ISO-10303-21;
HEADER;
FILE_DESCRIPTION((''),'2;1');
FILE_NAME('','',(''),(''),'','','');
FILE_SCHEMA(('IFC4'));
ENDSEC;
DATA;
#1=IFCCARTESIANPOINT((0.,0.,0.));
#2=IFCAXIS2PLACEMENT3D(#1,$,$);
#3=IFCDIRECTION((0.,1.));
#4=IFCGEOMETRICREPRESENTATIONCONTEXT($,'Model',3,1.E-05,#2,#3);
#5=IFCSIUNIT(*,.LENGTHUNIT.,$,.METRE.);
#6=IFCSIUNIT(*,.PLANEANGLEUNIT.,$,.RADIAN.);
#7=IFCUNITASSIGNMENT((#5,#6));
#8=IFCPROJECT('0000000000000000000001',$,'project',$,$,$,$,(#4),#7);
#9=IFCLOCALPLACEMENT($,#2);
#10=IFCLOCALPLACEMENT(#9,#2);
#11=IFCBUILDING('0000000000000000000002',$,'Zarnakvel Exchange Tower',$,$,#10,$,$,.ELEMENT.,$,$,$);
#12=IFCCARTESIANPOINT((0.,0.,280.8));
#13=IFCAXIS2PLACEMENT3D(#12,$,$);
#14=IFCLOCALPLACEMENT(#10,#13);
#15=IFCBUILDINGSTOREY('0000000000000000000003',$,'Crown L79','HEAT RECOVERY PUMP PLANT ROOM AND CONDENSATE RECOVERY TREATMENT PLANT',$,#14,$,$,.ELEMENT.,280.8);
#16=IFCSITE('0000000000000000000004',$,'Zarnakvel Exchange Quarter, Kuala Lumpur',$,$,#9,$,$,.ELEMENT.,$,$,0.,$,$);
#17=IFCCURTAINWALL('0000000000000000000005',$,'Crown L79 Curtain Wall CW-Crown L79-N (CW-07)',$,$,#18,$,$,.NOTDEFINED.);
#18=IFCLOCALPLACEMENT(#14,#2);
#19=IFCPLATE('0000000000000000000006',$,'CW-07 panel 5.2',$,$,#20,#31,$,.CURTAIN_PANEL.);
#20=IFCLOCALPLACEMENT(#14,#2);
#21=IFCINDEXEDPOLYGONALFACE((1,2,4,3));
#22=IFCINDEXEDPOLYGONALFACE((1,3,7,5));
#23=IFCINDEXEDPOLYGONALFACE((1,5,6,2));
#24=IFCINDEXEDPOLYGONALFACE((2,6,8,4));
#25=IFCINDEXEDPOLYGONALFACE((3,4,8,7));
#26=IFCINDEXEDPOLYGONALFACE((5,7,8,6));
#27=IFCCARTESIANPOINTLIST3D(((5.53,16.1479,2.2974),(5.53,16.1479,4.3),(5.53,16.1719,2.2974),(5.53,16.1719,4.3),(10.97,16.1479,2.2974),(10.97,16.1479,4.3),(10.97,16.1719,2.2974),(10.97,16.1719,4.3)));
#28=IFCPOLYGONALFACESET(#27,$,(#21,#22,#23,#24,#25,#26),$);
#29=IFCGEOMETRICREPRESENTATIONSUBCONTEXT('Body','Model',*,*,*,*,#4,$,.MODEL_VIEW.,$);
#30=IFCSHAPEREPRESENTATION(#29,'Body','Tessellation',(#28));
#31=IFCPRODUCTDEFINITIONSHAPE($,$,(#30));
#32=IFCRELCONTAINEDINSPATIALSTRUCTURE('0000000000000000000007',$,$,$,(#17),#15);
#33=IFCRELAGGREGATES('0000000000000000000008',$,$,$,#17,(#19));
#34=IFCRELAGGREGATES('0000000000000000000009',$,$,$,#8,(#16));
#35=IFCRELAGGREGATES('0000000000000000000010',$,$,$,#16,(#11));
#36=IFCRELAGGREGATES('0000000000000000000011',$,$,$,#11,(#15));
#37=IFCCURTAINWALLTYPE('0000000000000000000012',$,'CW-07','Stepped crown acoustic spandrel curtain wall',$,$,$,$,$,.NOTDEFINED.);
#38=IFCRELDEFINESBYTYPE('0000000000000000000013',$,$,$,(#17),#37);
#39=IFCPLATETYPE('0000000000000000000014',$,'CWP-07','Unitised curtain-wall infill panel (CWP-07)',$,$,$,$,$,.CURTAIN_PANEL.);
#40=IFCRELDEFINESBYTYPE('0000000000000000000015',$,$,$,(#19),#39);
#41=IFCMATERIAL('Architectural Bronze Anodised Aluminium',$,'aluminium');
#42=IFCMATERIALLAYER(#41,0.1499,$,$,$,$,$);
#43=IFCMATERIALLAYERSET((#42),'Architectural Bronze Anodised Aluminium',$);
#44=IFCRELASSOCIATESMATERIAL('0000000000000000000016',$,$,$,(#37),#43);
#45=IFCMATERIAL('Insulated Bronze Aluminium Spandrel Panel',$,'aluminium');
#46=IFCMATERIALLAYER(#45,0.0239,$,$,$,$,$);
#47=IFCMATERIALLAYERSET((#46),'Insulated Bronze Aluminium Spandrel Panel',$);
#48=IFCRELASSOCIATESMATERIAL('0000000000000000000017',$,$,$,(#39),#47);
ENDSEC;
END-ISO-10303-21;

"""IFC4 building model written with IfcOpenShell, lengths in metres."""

from ifc_helpers import new_model, si_unit, direction, frame, origin, origin_2d, place, context, subcontext, project, spatial, rectangle, extrude, source, transform, mapped, material, layer, layer_set, type_object, element, aggregate, save


model = new_model("IFC4")

# Units and contexts
model_context = context("Model", 3, precision=1e-05, world=origin(), true_north=direction((0.0, 1.0)))
body_context = subcontext(model_context, "Body", "Model", "MODEL_VIEW")
ifc_project = project(units=[si_unit("LENGTHUNIT", "METRE"), si_unit("PLANEANGLEUNIT", "RADIAN")], contexts=[model_context])

# Site, building, storey
site_placement = place(None, origin())
site = spatial("IfcSite", under=ifc_project, at=site_placement, Name="Zarnakvel Exchange Quarter, Kuala Lumpur", CompositionType="ELEMENT", RefElevation=0.0)
building_placement = place(site_placement, origin())
building = spatial("IfcBuilding", under=site, at=building_placement, Name="Zarnakvel Exchange Tower", CompositionType="ELEMENT")
storey_placement = place(building_placement, frame((0.0, 0.0, 280.8)))
storey = spatial("IfcBuildingStorey", under=building, at=storey_placement, Name="Crown L79", Description="HEAT RECOVERY PUMP PLANT ROOM AND CONDENSATE RECOVERY TREATMENT PLANT", CompositionType="ELEMENT", Elevation=280.8)

# Curtain wall
ifc_material_1 = material(Name="Architectural Bronze Anodised Aluminium", Category="aluminium")
ifc_layer_1 = layer(ifc_material_1, 0.1499)
ifc_layer_set_1 = layer_set([ifc_layer_1], Name="Architectural Bronze Anodised Aluminium")
curtain_wall_type = type_object("IfcCurtainWallType", Name="CW-07", Description="Stepped crown acoustic spandrel curtain wall", PredefinedType="NOTDEFINED", material=ifc_layer_set_1)
curtain_wall_placement = place(storey_placement, origin())
curtain_wall = element("IfcCurtainWall", 1, at=curtain_wall_placement, inside=storey, type_object=curtain_wall_type, Name="Crown L79 Curtain Wall CW-Crown L79-N (CW-07)", PredefinedType="NOTDEFINED")

# Plate
ifc_material_2 = material(Name="Insulated Bronze Aluminium Spandrel Panel", Category="aluminium")
ifc_layer_2 = layer(ifc_material_2, 0.0239)
ifc_layer_set_2 = layer_set([ifc_layer_2], Name="Insulated Bronze Aluminium Spandrel Panel")
plate_type_1 = type_object("IfcPlateType", Name="CWP-07", Description="Unitised curtain-wall infill panel (CWP-07)", PredefinedType="CURTAIN_PANEL", material=ifc_layer_set_2)
shared_shape_1 = source(origin(), body_context, "Body", "SweptSolid", [
    extrude(rectangle(XDim=5.4399, YDim=0.0239, at=origin_2d()), origin(), (0.0, 0.0, 1.0), 2.0027),
])
plate_1_placement = place(storey_placement, frame((8.25, 16.1599, 2.2974), z_axis=(0.0, 0.0, 1.0), x_axis=(1.0, 0.0, 0.0)))
plate_1 = element("IfcPlate", 2, at=plate_1_placement, type_object=plate_type_1, Name="CW-07 panel 5.2", PredefinedType="CURTAIN_PANEL", context=body_context, shape_type="MappedRepresentation", body=[
    mapped(shared_shape_1, transform((0.0, 0.0, 0.0), x_axis=(1.0, 0.0, 0.0), y_axis=(0.0, 1.0, 0.0), z_axis=(0.0, 0.0, 1.0), scale=1.0)),
])
aggregate(curtain_wall, [plate_1])

save(model, "model.ifc")
